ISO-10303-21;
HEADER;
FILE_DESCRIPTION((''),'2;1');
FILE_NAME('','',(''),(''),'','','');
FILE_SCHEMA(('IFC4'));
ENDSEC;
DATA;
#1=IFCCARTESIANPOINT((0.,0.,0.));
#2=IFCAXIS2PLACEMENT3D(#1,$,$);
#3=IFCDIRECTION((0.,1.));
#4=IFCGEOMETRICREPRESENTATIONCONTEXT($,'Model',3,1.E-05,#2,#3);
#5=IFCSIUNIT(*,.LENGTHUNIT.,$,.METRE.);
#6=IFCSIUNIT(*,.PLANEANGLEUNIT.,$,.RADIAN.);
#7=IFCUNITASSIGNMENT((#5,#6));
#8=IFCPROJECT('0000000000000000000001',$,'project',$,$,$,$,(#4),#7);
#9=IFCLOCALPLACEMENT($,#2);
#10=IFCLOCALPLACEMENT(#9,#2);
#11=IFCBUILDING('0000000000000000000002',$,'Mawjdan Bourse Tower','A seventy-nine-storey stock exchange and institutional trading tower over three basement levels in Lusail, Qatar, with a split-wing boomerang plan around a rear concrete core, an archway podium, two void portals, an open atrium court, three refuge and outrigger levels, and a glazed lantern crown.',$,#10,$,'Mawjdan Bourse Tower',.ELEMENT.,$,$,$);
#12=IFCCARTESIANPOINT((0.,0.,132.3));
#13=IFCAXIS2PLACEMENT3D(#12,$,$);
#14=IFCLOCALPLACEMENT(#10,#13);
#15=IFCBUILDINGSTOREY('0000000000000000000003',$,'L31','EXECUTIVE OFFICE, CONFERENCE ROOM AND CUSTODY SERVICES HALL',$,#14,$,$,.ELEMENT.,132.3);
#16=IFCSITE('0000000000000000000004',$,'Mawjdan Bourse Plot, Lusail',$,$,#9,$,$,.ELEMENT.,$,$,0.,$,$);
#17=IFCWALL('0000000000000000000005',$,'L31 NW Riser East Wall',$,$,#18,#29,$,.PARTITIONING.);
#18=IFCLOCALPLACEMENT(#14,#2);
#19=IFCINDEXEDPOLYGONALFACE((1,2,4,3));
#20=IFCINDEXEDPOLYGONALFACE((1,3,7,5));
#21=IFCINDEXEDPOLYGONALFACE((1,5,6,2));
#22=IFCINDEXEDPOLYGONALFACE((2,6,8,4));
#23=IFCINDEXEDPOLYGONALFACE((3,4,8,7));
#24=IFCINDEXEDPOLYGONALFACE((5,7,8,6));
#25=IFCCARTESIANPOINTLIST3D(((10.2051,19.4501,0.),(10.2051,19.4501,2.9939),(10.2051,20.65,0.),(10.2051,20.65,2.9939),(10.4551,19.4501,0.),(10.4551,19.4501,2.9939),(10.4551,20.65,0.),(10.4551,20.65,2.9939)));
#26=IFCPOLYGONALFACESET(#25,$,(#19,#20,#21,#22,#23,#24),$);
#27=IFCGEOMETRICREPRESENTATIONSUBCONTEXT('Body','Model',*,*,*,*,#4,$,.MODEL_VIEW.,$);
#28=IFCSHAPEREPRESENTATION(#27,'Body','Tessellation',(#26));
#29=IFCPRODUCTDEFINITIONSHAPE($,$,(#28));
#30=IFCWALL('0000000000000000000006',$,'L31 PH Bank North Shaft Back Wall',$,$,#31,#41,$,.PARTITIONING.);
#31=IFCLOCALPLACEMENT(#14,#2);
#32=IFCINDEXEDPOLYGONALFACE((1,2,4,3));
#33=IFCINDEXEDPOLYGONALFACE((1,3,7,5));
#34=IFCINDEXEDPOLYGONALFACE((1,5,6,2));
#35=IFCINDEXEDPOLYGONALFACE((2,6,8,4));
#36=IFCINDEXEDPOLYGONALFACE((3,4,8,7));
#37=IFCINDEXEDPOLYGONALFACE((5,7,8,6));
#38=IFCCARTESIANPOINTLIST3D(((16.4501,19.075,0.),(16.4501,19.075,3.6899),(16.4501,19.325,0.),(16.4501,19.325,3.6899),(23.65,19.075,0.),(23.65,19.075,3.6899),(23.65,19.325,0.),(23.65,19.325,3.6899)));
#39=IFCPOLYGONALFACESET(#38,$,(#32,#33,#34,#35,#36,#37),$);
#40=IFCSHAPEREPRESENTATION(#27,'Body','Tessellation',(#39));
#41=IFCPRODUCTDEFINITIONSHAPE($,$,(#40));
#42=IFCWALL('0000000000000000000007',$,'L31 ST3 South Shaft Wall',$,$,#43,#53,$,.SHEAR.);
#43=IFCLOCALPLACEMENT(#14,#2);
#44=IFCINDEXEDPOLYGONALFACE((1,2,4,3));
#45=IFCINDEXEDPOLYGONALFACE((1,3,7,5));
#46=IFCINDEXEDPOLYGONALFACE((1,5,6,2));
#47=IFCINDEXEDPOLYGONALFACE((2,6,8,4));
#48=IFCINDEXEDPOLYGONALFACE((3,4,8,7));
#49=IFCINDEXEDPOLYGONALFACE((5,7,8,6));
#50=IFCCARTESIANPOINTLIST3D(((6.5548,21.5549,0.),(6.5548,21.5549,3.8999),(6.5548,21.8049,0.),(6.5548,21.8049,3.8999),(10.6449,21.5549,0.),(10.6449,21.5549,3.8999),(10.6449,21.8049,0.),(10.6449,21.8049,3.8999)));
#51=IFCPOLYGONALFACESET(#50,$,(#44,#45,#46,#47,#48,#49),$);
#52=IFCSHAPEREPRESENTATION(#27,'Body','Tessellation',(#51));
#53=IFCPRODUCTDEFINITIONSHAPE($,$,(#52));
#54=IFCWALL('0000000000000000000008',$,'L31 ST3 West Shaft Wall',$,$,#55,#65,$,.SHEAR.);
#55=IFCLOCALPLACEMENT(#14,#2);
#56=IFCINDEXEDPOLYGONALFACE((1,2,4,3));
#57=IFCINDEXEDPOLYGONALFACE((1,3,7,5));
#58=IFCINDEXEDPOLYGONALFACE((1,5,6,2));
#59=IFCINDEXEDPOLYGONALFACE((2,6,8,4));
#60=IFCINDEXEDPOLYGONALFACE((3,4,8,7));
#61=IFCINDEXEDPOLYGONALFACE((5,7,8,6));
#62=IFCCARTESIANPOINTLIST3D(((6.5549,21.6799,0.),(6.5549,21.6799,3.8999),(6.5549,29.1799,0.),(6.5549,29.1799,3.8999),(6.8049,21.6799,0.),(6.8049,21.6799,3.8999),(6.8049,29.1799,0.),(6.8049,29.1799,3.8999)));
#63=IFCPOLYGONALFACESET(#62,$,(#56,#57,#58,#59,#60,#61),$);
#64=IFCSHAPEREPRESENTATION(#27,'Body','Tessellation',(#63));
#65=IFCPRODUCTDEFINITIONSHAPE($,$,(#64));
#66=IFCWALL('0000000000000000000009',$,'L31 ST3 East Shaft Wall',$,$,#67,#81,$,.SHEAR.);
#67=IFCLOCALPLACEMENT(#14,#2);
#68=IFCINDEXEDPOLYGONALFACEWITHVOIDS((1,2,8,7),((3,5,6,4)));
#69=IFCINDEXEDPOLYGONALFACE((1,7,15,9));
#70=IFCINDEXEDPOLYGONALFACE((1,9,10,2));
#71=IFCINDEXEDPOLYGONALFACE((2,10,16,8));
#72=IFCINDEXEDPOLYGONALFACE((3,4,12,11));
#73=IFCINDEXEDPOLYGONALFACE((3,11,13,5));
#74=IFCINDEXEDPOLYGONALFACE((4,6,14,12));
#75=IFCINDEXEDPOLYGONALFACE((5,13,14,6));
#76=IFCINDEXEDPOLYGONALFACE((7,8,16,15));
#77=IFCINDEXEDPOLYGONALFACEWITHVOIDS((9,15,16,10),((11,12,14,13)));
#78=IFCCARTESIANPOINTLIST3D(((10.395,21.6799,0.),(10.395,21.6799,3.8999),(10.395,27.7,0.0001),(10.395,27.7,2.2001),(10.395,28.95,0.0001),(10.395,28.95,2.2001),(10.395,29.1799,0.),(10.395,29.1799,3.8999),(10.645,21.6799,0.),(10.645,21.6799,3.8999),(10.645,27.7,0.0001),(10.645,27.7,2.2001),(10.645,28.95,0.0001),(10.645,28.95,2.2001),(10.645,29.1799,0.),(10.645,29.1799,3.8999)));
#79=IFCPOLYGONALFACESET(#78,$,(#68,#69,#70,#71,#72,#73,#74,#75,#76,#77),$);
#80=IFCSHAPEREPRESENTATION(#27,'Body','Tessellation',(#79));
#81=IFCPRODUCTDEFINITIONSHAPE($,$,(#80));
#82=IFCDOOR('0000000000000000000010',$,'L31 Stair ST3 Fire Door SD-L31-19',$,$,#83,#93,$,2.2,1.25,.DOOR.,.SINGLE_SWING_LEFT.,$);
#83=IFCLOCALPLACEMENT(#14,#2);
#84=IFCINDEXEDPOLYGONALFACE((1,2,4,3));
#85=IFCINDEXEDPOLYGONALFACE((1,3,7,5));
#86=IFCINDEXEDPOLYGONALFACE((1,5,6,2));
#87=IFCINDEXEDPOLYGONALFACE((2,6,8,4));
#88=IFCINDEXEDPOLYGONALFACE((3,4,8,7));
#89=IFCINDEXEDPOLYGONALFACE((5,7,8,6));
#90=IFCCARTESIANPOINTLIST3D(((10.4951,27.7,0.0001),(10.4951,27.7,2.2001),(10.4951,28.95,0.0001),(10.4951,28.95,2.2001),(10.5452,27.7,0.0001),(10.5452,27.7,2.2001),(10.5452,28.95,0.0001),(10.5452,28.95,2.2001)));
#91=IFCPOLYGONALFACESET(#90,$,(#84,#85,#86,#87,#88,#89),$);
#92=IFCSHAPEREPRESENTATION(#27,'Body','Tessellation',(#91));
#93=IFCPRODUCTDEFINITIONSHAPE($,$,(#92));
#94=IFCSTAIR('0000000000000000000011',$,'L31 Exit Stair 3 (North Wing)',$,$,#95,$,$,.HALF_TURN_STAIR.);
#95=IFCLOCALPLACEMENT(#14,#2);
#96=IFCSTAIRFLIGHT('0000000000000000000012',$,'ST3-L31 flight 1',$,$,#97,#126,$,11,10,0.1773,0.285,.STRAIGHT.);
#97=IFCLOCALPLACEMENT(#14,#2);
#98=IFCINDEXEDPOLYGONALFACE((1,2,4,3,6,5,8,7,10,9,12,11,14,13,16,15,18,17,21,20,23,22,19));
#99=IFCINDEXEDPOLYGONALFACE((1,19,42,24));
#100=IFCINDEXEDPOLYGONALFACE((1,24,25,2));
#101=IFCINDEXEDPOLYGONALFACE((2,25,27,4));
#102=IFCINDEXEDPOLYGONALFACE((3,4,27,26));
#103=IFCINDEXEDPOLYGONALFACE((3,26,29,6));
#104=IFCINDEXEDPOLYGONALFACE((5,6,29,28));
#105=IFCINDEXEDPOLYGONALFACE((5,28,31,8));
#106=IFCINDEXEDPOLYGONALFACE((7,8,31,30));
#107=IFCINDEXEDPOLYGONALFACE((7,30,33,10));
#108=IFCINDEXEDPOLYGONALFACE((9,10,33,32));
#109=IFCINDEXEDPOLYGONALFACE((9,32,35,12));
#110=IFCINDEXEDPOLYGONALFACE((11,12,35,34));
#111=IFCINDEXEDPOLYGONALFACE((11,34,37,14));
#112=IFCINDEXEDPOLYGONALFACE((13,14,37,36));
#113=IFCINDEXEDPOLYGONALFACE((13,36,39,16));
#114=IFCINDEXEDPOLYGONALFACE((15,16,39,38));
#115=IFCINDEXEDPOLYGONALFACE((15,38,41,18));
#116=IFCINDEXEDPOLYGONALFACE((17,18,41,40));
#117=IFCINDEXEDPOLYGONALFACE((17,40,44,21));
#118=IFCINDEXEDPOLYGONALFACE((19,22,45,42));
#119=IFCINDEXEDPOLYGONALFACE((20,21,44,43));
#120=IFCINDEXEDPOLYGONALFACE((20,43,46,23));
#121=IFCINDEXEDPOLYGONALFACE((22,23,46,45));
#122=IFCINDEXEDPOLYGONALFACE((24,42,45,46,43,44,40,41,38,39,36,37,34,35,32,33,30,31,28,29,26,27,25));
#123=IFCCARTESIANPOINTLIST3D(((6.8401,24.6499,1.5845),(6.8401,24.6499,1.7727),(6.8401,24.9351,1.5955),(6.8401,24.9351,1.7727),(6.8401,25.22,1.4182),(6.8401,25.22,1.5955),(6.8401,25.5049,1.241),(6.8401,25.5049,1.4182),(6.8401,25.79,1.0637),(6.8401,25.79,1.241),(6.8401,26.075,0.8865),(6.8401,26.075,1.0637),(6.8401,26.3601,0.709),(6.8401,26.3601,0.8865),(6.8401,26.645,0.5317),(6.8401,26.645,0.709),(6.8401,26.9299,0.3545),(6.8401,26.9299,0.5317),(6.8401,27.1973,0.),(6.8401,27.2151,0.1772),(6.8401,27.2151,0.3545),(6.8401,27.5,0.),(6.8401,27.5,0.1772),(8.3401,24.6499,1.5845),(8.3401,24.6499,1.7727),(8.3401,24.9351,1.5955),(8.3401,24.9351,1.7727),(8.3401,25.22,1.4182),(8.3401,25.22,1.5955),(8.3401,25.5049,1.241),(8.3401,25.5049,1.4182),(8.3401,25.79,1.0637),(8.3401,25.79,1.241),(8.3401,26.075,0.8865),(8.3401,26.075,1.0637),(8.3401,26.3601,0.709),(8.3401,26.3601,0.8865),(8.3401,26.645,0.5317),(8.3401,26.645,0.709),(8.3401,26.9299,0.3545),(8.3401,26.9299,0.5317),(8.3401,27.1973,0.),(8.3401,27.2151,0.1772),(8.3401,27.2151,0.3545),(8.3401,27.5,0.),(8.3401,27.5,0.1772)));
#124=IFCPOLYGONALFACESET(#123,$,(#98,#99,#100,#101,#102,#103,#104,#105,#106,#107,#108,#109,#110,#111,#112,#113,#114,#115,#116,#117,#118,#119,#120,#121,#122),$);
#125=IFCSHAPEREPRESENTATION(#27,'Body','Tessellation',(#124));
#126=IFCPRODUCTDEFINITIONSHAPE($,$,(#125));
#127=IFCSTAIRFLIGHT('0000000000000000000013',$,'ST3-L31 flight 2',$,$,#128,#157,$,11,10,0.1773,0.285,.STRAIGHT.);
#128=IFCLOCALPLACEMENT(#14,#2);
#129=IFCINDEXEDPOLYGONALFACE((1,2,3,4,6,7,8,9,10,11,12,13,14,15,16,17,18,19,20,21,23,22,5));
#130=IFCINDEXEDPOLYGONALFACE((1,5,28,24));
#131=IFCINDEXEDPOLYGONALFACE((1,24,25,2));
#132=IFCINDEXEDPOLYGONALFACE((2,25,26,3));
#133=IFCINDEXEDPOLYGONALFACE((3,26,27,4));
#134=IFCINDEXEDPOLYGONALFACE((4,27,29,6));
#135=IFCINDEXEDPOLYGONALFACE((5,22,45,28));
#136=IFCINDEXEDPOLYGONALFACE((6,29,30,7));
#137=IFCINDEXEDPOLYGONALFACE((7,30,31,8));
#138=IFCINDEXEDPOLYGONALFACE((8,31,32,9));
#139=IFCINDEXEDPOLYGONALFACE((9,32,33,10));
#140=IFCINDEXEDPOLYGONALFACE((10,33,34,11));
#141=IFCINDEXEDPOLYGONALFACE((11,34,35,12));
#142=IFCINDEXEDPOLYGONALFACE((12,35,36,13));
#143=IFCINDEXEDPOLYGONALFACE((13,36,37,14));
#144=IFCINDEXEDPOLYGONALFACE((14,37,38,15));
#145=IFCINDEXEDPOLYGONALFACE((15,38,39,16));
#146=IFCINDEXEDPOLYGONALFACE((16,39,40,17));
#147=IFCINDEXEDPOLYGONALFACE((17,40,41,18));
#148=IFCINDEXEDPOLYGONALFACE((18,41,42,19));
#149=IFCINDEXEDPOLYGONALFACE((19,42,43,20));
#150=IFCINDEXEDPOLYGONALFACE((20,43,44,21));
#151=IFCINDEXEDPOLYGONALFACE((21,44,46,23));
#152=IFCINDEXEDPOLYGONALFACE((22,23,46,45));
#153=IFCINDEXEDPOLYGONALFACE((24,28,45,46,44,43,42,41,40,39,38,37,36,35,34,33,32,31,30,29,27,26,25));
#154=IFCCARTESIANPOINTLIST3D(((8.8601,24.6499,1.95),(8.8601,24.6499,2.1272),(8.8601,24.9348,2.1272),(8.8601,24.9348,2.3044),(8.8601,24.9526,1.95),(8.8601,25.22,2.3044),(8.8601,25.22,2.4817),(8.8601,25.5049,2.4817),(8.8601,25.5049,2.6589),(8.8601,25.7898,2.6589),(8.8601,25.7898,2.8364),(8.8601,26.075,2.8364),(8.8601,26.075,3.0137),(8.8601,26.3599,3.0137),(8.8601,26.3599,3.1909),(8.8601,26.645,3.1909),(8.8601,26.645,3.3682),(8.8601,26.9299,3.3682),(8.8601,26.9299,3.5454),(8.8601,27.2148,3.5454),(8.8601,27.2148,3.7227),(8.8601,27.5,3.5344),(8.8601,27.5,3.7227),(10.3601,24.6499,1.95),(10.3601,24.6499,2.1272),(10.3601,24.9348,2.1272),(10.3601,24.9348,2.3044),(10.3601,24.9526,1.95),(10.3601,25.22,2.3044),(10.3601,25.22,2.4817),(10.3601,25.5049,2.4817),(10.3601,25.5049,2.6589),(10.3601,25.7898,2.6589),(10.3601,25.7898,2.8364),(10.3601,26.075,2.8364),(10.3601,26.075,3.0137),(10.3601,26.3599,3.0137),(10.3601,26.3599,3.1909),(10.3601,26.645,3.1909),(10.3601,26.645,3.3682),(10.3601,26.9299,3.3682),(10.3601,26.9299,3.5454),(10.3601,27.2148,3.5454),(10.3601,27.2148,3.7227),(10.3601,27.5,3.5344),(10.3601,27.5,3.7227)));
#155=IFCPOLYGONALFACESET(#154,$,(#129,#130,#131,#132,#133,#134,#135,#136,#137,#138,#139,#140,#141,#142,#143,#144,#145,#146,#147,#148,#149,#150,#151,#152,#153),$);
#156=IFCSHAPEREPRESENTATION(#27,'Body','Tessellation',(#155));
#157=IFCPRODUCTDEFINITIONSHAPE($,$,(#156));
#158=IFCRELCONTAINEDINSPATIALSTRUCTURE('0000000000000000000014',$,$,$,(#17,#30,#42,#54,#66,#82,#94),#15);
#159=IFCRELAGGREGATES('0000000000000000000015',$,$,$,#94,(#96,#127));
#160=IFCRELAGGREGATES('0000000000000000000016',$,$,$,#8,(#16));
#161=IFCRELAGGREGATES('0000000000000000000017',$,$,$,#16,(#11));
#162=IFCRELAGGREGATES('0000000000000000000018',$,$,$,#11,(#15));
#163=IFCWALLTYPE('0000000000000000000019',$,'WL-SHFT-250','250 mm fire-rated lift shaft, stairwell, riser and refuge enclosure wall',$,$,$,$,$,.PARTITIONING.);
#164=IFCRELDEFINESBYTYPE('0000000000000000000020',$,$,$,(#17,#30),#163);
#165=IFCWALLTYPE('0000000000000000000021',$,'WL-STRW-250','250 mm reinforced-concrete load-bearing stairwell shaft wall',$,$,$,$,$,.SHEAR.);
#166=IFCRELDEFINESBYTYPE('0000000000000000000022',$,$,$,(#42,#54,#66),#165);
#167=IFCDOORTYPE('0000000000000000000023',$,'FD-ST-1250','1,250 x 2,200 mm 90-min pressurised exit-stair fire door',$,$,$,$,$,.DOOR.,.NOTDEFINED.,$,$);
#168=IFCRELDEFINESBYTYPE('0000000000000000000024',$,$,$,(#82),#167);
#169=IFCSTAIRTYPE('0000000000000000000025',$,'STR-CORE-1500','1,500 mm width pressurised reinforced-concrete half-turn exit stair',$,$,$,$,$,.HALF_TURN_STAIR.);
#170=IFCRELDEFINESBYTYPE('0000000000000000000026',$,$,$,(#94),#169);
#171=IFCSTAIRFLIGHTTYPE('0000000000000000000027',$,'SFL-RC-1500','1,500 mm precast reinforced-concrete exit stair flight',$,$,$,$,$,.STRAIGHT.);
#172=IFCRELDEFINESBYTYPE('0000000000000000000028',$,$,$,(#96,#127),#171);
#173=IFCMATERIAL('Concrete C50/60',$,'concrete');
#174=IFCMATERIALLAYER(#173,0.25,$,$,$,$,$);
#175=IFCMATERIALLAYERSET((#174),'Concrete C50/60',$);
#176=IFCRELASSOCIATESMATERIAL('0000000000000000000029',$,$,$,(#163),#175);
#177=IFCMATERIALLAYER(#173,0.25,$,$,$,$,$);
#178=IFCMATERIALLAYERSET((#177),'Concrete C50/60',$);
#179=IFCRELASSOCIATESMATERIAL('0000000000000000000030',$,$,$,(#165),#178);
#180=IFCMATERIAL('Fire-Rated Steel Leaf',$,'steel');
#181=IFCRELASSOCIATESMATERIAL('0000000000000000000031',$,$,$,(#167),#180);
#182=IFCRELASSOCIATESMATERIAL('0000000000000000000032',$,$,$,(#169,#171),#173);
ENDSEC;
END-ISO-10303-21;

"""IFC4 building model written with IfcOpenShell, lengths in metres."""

from ifc_helpers import new_model, si_unit, direction, frame, frame_2d, origin, place, context, subcontext, project, spatial, polyline, rectangle, outline, extrude, material, layer, layer_set, type_object, element, fill, aggregate, save


model = new_model("IFC4")

# Units and contexts
model_context = context("Model", 3, precision=1e-05, world=origin(), true_north=direction((0.0, 1.0)))
body_context = subcontext(model_context, "Body", "Model", "MODEL_VIEW")
ifc_project = project(units=[si_unit("LENGTHUNIT", "METRE"), si_unit("PLANEANGLEUNIT", "RADIAN")], contexts=[model_context])

# Site, building, storey
site_placement = place(None, origin())
site = spatial("IfcSite", under=ifc_project, at=site_placement, Name="Mawjdan Bourse Plot, Lusail", CompositionType="ELEMENT", RefElevation=0.0)
building_placement = place(site_placement, origin())
building = spatial("IfcBuilding", under=site, at=building_placement, Name="Mawjdan Bourse Tower", Description="A seventy-nine-storey stock exchange and institutional trading tower over three basement levels in Lusail, Qatar, with a split-wing boomerang plan around a rear concrete core, an archway podium, two void portals, an open atrium court, three refuge and outrigger levels, and a glazed lantern crown.", LongName="Mawjdan Bourse Tower", CompositionType="ELEMENT")
storey_placement = place(building_placement, frame((0.0, 0.0, 132.3)))
storey = spatial("IfcBuildingStorey", under=building, at=storey_placement, Name="L31", Description="EXECUTIVE OFFICE, CONFERENCE ROOM AND CUSTODY SERVICES HALL", CompositionType="ELEMENT", Elevation=132.3)

# Walls
ifc_material_1 = material(Name="Concrete C50/60", Category="concrete")
ifc_layer_1 = layer(ifc_material_1, 0.25)
ifc_layer_set_1 = layer_set([ifc_layer_1], Name="Concrete C50/60")
wall_type_1 = type_object("IfcWallType", Name="WL-SHFT-250", Description="250 mm fire-rated lift shaft, stairwell, riser and refuge enclosure wall", PredefinedType="PARTITIONING", material=ifc_layer_set_1)
wall_1_placement = place(storey_placement, frame((10.3301, 19.45, 0.0), z_axis=(0.0, 0.0, 1.0), x_axis=(0.0, 1.0, 0.0)))
element("IfcWall", 1, at=wall_1_placement, inside=storey, type_object=wall_type_1, Name="L31 NW Riser East Wall", PredefinedType="PARTITIONING", context=body_context, shape_type="SweptSolid", body=[
    extrude(rectangle(XDim=1.2, YDim=0.25, at=frame_2d((0.6001, 0.0))), origin(), (0.0, 0.0, 1.0), 2.9939),
])
wall_2_placement = place(storey_placement, frame((16.45, 19.2, 0.0), z_axis=(0.0, 0.0, 1.0), x_axis=(1.0, 0.0, 0.0)))
element("IfcWall", 2, at=wall_2_placement, inside=storey, type_object=wall_type_1, Name="L31 PH Bank North Shaft Back Wall", PredefinedType="PARTITIONING", context=body_context, shape_type="SweptSolid", body=[
    extrude(rectangle(XDim=7.2, YDim=0.25, at=frame_2d((3.6001, 0.0))), origin(), (0.0, 0.0, 1.0), 3.6899),
])
ifc_layer_2 = layer(ifc_material_1, 0.25)
ifc_layer_set_2 = layer_set([ifc_layer_2], Name="Concrete C50/60")
wall_type_2 = type_object("IfcWallType", Name="WL-STRW-250", Description="250 mm reinforced-concrete load-bearing stairwell shaft wall", PredefinedType="SHEAR", material=ifc_layer_set_2)
wall_3_placement = place(storey_placement, frame((6.5549, 21.6799, 0.0), z_axis=(0.0, 0.0, 1.0), x_axis=(1.0, 0.0, 0.0)))
element("IfcWall", 3, at=wall_3_placement, inside=storey, type_object=wall_type_2, Name="L31 ST3 South Shaft Wall", PredefinedType="SHEAR", context=body_context, shape_type="SweptSolid", body=[
    extrude(rectangle(XDim=4.0901, YDim=0.25, at=frame_2d((2.0449, 0.0))), origin(), (0.0, 0.0, 1.0), 3.8999),
])
wall_4_placement = place(storey_placement, frame((6.6799, 21.6799, 0.0), z_axis=(0.0, 0.0, 1.0), x_axis=(0.0, 1.0, 0.0)))
element("IfcWall", 4, at=wall_4_placement, inside=storey, type_object=wall_type_2, Name="L31 ST3 West Shaft Wall", PredefinedType="SHEAR", context=body_context, shape_type="SweptSolid", body=[
    extrude(rectangle(XDim=7.5, YDim=0.25, at=frame_2d((3.75, 0.0))), origin(), (0.0, 0.0, 1.0), 3.8999),
])

# Wall, opening, door
wall_5_placement = place(storey_placement, frame((10.52, 21.6799, 0.0), z_axis=(0.0, 0.0, 1.0), x_axis=(0.0, 1.0, 0.0)))
wall_5 = element("IfcWall", 5, at=wall_5_placement, inside=storey, type_object=wall_type_2, Name="L31 ST3 East Shaft Wall", PredefinedType="SHEAR", context=body_context, shape_type="SweptSolid", body=[
    extrude(rectangle(XDim=7.5, YDim=0.25, at=frame_2d((3.75, 0.0))), origin(), (0.0, 0.0, 1.0), 3.8999),
])
opening_1_placement = place(wall_5_placement, frame((6.02, 0.0, 0.0)))
opening_1 = element("IfcOpeningElement", 6, at=opening_1_placement, cuts=wall_5, PredefinedType="OPENING", context=body_context, shape_type="SweptSolid", body=[
    extrude(rectangle(XDim=1.25, YDim=2.2, at=frame_2d((0.625, 1.1001))), frame((0.0, 0.135, 0.0), z_axis=(0.0, -1.0, 0.0), x_axis=(1.0, 0.0, 0.0)), (0.0, 0.0, 1.0), 0.27),
])
ifc_material_2 = material(Name="Fire-Rated Steel Leaf", Category="steel")
door_type_1 = type_object("IfcDoorType", Name="FD-ST-1250", Description="1,250 x 2,200 mm 90-min pressurised exit-stair fire door", OperationType="NOTDEFINED", PredefinedType="DOOR", material=ifc_material_2)
door_1_placement = place(opening_1_placement, origin())
door_1 = element("IfcDoor", 7, at=door_1_placement, inside=storey, type_object=door_type_1, Name="L31 Stair ST3 Fire Door SD-L31-19", OperationType="SINGLE_SWING_LEFT", OverallHeight=2.2, OverallWidth=1.25, PredefinedType="DOOR", context=body_context, shape_type="SweptSolid", body=[
    extrude(rectangle(XDim=1.25, YDim=2.2, at=frame_2d((0.625, 1.1001))), frame((0.0, 0.0249, 0.0), z_axis=(0.0, -1.0, 0.0), x_axis=(1.0, 0.0, 0.0)), (0.0, 0.0, 1.0), 0.05),
])
fill(opening_1, door_1)

# Stair, stair flights
stair_type = type_object("IfcStairType", Name="STR-CORE-1500", Description="1,500 mm width pressurised reinforced-concrete half-turn exit stair", PredefinedType="HALF_TURN_STAIR", material=ifc_material_1)
stair_placement = place(storey_placement, origin())
stair = element("IfcStair", 8, at=stair_placement, inside=storey, type_object=stair_type, Name="L31 Exit Stair 3 (North Wing)", PredefinedType="HALF_TURN_STAIR")
stair_flight_type = type_object("IfcStairFlightType", Name="SFL-RC-1500", Description="1,500 mm precast reinforced-concrete exit stair flight", PredefinedType="STRAIGHT", material=ifc_material_1)
stair_flight_1_placement = place(storey_placement, frame((7.5901, 27.5, 0.0), z_axis=(0.0, 0.0, 1.0), x_axis=(0.0, -1.0, 0.0)))
stair_flight_1 = element("IfcStairFlight", 9, at=stair_flight_1_placement, type_object=stair_flight_type, Name="ST3-L31 flight 1", NumberOfRisers=11, NumberOfTreads=10, PredefinedType="STRAIGHT", RiserHeight=0.1773, TreadLength=0.285, context=body_context, shape_type="SweptSolid", body=[
    extrude(outline(polyline([(0.0, 0.0), (0.0, 0.1772), (0.2849, 0.1772), (0.2849, 0.3545), (0.5701, 0.3545), (0.5701, 0.5317), (0.855, 0.5317), (0.855, 0.709), (1.1399, 0.709), (1.1399, 0.8865), (1.425, 0.8865), (1.425, 1.0637), (1.71, 1.0637), (1.71, 1.241), (1.9951, 1.241), (1.9951, 1.4182), (2.28, 1.4182), (2.28, 1.5955), (2.5649, 1.5955), (2.5649, 1.7727), (2.8501, 1.7727), (2.8501, 1.95), (2.8501, 1.5845), (0.3027, 0.0), (0.0, 0.0)])), frame((0.0, 0.75, 0.0), z_axis=(0.0, -1.0, 0.0), x_axis=(1.0, 0.0, 0.0)), (0.0, 0.0, 1.0), 1.5),
])
stair_flight_2_placement = place(storey_placement, frame((9.6101, 24.6499, 1.95), z_axis=(0.0, 0.0, 1.0), x_axis=(0.0, 1.0, 0.0)))
stair_flight_2 = element("IfcStairFlight", 10, at=stair_flight_2_placement, type_object=stair_flight_type, Name="ST3-L31 flight 2", NumberOfRisers=11, NumberOfTreads=10, PredefinedType="STRAIGHT", RiserHeight=0.1773, TreadLength=0.285, context=body_context, shape_type="SweptSolid", body=[
    extrude(outline(polyline([(0.0, 0.0), (0.0, 0.1772), (0.2849, 0.1772), (0.2849, 0.3545), (0.5701, 0.3545), (0.5701, 0.5317), (0.855, 0.5317), (0.855, 0.709), (1.1399, 0.709), (1.1399, 0.8865), (1.425, 0.8865), (1.425, 1.0637), (1.71, 1.0637), (1.71, 1.241), (1.9951, 1.241), (1.9951, 1.4182), (2.28, 1.4182), (2.28, 1.5955), (2.5649, 1.5955), (2.5649, 1.7727), (2.8501, 1.7727), (2.8501, 1.95), (2.8501, 1.5845), (0.3027, 0.0), (0.0, 0.0)])), frame((0.0, 0.75, 0.0), z_axis=(0.0, -1.0, 0.0), x_axis=(1.0, 0.0, 0.0)), (0.0, 0.0, 1.0), 1.5),
])
aggregate(stair, [stair_flight_1, stair_flight_2])

save(model, "model.ifc")
